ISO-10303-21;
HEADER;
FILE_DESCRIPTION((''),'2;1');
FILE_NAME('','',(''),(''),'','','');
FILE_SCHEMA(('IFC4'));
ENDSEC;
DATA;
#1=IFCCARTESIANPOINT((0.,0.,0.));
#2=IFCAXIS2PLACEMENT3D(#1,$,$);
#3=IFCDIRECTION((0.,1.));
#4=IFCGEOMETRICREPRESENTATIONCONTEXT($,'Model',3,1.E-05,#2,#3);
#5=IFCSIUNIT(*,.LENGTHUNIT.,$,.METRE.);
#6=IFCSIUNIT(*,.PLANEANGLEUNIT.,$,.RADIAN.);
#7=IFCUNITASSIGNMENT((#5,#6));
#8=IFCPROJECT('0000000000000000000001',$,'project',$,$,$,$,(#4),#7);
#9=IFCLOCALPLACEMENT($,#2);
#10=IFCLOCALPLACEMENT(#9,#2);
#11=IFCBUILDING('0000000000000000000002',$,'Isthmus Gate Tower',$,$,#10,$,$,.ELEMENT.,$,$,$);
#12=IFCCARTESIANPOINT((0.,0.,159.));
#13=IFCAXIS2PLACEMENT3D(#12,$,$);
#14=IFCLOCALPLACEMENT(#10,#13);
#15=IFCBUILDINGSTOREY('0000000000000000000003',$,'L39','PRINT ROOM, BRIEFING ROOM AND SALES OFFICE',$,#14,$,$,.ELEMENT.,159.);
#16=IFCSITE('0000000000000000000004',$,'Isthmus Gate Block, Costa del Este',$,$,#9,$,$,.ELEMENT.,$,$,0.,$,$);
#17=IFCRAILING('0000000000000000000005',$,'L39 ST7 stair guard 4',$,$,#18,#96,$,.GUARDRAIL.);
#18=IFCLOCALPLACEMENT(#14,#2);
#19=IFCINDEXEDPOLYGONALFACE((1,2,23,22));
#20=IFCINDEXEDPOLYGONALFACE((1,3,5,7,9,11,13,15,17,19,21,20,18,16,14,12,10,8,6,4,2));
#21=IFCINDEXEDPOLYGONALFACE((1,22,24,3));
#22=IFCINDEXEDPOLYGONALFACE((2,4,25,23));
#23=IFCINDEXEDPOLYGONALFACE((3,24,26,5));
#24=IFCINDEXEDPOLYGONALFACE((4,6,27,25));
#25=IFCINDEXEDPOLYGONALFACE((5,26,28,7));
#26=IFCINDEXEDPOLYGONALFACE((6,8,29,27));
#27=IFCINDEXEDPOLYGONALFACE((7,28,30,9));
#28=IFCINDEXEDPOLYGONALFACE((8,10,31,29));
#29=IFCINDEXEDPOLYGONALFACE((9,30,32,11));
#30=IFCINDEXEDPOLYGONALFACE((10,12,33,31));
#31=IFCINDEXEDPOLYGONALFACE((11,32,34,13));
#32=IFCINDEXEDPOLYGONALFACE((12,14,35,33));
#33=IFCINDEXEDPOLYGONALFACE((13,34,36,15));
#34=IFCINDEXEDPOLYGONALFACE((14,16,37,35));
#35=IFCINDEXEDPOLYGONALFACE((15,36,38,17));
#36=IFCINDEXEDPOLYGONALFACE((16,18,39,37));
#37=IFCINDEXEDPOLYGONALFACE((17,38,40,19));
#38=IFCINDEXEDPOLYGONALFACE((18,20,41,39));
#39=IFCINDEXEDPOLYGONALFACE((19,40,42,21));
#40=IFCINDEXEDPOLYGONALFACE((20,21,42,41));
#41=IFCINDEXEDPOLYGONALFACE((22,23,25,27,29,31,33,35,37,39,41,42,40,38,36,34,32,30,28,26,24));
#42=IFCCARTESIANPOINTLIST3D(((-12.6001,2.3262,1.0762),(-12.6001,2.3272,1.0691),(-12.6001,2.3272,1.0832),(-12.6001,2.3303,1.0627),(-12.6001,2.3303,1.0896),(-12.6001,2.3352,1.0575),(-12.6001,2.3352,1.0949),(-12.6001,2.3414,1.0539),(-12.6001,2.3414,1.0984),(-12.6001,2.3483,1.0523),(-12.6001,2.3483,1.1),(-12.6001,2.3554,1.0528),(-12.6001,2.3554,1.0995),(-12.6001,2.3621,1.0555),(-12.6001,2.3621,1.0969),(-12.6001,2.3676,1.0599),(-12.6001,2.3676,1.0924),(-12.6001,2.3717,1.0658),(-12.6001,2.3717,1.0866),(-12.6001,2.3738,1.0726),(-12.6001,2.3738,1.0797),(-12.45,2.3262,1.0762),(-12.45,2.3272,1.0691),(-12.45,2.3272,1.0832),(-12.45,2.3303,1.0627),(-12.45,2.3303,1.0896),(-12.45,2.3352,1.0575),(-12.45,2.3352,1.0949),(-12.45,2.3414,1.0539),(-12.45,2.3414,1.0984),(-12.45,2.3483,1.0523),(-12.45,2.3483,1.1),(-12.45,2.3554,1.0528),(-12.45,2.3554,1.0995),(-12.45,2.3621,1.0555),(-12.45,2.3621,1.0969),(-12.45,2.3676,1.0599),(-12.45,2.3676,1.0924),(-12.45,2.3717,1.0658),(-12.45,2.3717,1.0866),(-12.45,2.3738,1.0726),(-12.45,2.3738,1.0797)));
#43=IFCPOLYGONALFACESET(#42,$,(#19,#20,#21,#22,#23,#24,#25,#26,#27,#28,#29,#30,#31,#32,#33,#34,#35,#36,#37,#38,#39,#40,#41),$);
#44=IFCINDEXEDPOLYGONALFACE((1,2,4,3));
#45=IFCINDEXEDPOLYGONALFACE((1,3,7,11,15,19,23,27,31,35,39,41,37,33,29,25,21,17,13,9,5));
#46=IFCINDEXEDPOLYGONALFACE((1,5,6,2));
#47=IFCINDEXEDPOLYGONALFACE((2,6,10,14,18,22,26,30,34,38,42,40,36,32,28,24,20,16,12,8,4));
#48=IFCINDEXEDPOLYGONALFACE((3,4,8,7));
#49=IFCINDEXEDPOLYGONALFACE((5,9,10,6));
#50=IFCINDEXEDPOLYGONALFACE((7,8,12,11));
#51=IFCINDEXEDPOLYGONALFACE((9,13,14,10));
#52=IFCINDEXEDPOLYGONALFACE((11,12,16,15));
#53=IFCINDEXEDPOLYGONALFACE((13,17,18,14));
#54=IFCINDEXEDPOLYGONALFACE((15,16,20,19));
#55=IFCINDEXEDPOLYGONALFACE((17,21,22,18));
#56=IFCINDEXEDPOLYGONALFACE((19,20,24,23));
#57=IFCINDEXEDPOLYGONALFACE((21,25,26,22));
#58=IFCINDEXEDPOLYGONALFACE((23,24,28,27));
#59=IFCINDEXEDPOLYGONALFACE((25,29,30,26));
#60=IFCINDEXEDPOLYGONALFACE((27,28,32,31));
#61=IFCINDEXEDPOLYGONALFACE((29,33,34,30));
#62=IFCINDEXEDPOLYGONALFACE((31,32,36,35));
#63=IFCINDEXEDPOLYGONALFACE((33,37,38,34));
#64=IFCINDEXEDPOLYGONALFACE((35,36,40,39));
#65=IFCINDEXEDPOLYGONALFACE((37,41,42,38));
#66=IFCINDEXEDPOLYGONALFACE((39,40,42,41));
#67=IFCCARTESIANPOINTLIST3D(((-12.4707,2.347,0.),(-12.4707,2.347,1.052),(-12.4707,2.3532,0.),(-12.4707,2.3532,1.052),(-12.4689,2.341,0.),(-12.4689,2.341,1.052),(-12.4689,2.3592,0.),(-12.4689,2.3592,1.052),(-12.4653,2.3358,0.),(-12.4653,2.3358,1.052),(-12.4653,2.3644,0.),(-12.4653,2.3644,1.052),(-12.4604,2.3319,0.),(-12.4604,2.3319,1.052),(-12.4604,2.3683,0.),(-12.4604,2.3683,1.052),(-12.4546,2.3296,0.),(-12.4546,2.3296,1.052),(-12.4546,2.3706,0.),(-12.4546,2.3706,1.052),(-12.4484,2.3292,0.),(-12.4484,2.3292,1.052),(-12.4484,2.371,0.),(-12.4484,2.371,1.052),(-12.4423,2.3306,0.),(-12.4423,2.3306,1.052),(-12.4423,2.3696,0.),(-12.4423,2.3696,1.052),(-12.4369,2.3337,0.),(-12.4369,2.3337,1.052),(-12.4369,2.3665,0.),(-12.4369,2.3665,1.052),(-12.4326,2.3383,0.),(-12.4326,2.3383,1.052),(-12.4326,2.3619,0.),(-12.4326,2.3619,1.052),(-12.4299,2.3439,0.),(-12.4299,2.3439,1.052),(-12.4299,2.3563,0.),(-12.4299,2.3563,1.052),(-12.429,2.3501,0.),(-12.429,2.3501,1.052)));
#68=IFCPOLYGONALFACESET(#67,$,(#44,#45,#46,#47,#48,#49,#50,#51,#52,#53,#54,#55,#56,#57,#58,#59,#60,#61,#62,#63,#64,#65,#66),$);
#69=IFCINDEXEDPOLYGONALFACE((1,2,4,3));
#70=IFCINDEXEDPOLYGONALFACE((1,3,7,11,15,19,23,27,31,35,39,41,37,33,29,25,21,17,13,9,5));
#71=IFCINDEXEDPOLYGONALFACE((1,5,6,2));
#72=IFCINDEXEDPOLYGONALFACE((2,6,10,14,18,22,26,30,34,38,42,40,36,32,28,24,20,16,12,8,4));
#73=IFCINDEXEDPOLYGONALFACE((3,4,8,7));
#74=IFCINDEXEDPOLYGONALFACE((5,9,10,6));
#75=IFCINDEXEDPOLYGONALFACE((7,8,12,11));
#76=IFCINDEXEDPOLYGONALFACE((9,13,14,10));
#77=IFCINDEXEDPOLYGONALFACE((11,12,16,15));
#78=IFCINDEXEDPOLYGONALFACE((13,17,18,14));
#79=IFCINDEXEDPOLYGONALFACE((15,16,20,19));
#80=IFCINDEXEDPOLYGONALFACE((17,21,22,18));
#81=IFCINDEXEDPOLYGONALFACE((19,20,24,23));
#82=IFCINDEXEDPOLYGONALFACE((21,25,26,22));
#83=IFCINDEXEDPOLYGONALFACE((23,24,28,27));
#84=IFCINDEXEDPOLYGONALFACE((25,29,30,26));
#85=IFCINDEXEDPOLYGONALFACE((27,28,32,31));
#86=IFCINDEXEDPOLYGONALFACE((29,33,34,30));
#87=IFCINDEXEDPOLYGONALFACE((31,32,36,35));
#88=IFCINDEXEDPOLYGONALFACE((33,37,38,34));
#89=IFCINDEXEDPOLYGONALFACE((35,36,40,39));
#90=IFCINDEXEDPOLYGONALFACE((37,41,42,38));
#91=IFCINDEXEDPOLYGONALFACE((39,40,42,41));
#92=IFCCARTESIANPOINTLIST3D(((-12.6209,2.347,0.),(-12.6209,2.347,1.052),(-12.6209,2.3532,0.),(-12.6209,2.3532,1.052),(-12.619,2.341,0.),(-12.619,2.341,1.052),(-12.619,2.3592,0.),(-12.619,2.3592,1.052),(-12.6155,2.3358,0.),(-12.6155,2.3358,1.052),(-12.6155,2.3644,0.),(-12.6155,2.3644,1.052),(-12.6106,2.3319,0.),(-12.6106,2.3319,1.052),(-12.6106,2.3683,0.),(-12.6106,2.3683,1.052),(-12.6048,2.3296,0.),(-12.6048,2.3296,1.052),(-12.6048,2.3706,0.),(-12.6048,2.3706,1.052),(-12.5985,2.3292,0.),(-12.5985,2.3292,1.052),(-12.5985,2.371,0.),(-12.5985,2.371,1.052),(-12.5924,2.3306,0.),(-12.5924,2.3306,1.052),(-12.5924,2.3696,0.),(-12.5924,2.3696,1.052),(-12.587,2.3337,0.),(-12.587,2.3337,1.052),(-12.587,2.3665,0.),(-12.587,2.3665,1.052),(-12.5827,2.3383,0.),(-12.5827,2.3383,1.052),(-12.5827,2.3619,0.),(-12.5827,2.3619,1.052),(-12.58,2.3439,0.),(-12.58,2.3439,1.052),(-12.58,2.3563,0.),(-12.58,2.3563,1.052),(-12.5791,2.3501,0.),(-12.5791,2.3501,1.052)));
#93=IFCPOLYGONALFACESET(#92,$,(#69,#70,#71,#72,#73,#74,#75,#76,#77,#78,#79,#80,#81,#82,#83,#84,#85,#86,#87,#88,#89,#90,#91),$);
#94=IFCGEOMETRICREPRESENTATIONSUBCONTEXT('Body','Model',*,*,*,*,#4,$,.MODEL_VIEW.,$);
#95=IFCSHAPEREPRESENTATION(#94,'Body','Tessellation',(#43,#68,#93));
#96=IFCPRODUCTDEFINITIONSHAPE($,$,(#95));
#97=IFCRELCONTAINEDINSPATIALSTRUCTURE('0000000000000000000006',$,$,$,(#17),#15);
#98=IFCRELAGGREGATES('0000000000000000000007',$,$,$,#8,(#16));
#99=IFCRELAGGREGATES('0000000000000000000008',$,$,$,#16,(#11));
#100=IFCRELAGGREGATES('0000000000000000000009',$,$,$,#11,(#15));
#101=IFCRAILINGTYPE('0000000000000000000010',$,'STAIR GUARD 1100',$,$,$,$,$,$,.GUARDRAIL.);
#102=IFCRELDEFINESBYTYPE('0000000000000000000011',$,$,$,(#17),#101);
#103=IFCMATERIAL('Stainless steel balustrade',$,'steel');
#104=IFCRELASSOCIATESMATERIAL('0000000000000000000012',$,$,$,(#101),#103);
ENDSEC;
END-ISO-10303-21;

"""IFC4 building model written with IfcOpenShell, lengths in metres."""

from ifc_helpers import new_model, si_unit, direction, frame, origin, origin_2d, place, context, subcontext, project, spatial, circle, extrude, material, type_object, element, save


model = new_model("IFC4")

# Units and contexts
model_context = context("Model", 3, precision=1e-05, world=origin(), true_north=direction((0.0, 1.0)))
body_context = subcontext(model_context, "Body", "Model", "MODEL_VIEW")
ifc_project = project(units=[si_unit("LENGTHUNIT", "METRE"), si_unit("PLANEANGLEUNIT", "RADIAN")], contexts=[model_context])

# Site, building, storey
site_placement = place(None, origin())
site = spatial("IfcSite", under=ifc_project, at=site_placement, Name="Isthmus Gate Block, Costa del Este", CompositionType="ELEMENT", RefElevation=0.0)
building_placement = place(site_placement, origin())
building = spatial("IfcBuilding", under=site, at=building_placement, Name="Isthmus Gate Tower", CompositionType="ELEMENT")
storey_placement = place(building_placement, frame((0.0, 0.0, 159.0)))
storey = spatial("IfcBuildingStorey", under=building, at=storey_placement, Name="L39", Description="PRINT ROOM, BRIEFING ROOM AND SALES OFFICE", CompositionType="ELEMENT", Elevation=159.0)

# Railing
ifc_material_1 = material(Name="Stainless steel balustrade", Category="steel")
railing_type_1 = type_object("IfcRailingType", Name="STAIR GUARD 1100", PredefinedType="GUARDRAIL", material=ifc_material_1)
railing_1_placement = place(storey_placement, frame((-12.45, 2.3501, 0.0)))
element("IfcRailing", 1, at=railing_1_placement, inside=storey, type_object=railing_type_1, Name="L39 ST7 stair guard 4", PredefinedType="GUARDRAIL", context=body_context, shape_type="SweptSolid", body=[
    extrude(circle(Radius=0.0239, at=origin_2d()), frame((0.0, 0.0, 1.0762), z_axis=(-1.0, 0.0, 0.0), x_axis=(0.0, -1.0, 0.0)), (0.0, 0.0, 1.0), 0.1501),
    extrude(circle(Radius=0.021, at=origin_2d()), origin(), (0.0, 0.0, 1.0), 1.052),
    extrude(circle(Radius=0.021, at=origin_2d()), frame((-0.1501, 0.0, 0.0)), (0.0, 0.0, 1.0), 1.052),
])

save(model, "model.ifc")
